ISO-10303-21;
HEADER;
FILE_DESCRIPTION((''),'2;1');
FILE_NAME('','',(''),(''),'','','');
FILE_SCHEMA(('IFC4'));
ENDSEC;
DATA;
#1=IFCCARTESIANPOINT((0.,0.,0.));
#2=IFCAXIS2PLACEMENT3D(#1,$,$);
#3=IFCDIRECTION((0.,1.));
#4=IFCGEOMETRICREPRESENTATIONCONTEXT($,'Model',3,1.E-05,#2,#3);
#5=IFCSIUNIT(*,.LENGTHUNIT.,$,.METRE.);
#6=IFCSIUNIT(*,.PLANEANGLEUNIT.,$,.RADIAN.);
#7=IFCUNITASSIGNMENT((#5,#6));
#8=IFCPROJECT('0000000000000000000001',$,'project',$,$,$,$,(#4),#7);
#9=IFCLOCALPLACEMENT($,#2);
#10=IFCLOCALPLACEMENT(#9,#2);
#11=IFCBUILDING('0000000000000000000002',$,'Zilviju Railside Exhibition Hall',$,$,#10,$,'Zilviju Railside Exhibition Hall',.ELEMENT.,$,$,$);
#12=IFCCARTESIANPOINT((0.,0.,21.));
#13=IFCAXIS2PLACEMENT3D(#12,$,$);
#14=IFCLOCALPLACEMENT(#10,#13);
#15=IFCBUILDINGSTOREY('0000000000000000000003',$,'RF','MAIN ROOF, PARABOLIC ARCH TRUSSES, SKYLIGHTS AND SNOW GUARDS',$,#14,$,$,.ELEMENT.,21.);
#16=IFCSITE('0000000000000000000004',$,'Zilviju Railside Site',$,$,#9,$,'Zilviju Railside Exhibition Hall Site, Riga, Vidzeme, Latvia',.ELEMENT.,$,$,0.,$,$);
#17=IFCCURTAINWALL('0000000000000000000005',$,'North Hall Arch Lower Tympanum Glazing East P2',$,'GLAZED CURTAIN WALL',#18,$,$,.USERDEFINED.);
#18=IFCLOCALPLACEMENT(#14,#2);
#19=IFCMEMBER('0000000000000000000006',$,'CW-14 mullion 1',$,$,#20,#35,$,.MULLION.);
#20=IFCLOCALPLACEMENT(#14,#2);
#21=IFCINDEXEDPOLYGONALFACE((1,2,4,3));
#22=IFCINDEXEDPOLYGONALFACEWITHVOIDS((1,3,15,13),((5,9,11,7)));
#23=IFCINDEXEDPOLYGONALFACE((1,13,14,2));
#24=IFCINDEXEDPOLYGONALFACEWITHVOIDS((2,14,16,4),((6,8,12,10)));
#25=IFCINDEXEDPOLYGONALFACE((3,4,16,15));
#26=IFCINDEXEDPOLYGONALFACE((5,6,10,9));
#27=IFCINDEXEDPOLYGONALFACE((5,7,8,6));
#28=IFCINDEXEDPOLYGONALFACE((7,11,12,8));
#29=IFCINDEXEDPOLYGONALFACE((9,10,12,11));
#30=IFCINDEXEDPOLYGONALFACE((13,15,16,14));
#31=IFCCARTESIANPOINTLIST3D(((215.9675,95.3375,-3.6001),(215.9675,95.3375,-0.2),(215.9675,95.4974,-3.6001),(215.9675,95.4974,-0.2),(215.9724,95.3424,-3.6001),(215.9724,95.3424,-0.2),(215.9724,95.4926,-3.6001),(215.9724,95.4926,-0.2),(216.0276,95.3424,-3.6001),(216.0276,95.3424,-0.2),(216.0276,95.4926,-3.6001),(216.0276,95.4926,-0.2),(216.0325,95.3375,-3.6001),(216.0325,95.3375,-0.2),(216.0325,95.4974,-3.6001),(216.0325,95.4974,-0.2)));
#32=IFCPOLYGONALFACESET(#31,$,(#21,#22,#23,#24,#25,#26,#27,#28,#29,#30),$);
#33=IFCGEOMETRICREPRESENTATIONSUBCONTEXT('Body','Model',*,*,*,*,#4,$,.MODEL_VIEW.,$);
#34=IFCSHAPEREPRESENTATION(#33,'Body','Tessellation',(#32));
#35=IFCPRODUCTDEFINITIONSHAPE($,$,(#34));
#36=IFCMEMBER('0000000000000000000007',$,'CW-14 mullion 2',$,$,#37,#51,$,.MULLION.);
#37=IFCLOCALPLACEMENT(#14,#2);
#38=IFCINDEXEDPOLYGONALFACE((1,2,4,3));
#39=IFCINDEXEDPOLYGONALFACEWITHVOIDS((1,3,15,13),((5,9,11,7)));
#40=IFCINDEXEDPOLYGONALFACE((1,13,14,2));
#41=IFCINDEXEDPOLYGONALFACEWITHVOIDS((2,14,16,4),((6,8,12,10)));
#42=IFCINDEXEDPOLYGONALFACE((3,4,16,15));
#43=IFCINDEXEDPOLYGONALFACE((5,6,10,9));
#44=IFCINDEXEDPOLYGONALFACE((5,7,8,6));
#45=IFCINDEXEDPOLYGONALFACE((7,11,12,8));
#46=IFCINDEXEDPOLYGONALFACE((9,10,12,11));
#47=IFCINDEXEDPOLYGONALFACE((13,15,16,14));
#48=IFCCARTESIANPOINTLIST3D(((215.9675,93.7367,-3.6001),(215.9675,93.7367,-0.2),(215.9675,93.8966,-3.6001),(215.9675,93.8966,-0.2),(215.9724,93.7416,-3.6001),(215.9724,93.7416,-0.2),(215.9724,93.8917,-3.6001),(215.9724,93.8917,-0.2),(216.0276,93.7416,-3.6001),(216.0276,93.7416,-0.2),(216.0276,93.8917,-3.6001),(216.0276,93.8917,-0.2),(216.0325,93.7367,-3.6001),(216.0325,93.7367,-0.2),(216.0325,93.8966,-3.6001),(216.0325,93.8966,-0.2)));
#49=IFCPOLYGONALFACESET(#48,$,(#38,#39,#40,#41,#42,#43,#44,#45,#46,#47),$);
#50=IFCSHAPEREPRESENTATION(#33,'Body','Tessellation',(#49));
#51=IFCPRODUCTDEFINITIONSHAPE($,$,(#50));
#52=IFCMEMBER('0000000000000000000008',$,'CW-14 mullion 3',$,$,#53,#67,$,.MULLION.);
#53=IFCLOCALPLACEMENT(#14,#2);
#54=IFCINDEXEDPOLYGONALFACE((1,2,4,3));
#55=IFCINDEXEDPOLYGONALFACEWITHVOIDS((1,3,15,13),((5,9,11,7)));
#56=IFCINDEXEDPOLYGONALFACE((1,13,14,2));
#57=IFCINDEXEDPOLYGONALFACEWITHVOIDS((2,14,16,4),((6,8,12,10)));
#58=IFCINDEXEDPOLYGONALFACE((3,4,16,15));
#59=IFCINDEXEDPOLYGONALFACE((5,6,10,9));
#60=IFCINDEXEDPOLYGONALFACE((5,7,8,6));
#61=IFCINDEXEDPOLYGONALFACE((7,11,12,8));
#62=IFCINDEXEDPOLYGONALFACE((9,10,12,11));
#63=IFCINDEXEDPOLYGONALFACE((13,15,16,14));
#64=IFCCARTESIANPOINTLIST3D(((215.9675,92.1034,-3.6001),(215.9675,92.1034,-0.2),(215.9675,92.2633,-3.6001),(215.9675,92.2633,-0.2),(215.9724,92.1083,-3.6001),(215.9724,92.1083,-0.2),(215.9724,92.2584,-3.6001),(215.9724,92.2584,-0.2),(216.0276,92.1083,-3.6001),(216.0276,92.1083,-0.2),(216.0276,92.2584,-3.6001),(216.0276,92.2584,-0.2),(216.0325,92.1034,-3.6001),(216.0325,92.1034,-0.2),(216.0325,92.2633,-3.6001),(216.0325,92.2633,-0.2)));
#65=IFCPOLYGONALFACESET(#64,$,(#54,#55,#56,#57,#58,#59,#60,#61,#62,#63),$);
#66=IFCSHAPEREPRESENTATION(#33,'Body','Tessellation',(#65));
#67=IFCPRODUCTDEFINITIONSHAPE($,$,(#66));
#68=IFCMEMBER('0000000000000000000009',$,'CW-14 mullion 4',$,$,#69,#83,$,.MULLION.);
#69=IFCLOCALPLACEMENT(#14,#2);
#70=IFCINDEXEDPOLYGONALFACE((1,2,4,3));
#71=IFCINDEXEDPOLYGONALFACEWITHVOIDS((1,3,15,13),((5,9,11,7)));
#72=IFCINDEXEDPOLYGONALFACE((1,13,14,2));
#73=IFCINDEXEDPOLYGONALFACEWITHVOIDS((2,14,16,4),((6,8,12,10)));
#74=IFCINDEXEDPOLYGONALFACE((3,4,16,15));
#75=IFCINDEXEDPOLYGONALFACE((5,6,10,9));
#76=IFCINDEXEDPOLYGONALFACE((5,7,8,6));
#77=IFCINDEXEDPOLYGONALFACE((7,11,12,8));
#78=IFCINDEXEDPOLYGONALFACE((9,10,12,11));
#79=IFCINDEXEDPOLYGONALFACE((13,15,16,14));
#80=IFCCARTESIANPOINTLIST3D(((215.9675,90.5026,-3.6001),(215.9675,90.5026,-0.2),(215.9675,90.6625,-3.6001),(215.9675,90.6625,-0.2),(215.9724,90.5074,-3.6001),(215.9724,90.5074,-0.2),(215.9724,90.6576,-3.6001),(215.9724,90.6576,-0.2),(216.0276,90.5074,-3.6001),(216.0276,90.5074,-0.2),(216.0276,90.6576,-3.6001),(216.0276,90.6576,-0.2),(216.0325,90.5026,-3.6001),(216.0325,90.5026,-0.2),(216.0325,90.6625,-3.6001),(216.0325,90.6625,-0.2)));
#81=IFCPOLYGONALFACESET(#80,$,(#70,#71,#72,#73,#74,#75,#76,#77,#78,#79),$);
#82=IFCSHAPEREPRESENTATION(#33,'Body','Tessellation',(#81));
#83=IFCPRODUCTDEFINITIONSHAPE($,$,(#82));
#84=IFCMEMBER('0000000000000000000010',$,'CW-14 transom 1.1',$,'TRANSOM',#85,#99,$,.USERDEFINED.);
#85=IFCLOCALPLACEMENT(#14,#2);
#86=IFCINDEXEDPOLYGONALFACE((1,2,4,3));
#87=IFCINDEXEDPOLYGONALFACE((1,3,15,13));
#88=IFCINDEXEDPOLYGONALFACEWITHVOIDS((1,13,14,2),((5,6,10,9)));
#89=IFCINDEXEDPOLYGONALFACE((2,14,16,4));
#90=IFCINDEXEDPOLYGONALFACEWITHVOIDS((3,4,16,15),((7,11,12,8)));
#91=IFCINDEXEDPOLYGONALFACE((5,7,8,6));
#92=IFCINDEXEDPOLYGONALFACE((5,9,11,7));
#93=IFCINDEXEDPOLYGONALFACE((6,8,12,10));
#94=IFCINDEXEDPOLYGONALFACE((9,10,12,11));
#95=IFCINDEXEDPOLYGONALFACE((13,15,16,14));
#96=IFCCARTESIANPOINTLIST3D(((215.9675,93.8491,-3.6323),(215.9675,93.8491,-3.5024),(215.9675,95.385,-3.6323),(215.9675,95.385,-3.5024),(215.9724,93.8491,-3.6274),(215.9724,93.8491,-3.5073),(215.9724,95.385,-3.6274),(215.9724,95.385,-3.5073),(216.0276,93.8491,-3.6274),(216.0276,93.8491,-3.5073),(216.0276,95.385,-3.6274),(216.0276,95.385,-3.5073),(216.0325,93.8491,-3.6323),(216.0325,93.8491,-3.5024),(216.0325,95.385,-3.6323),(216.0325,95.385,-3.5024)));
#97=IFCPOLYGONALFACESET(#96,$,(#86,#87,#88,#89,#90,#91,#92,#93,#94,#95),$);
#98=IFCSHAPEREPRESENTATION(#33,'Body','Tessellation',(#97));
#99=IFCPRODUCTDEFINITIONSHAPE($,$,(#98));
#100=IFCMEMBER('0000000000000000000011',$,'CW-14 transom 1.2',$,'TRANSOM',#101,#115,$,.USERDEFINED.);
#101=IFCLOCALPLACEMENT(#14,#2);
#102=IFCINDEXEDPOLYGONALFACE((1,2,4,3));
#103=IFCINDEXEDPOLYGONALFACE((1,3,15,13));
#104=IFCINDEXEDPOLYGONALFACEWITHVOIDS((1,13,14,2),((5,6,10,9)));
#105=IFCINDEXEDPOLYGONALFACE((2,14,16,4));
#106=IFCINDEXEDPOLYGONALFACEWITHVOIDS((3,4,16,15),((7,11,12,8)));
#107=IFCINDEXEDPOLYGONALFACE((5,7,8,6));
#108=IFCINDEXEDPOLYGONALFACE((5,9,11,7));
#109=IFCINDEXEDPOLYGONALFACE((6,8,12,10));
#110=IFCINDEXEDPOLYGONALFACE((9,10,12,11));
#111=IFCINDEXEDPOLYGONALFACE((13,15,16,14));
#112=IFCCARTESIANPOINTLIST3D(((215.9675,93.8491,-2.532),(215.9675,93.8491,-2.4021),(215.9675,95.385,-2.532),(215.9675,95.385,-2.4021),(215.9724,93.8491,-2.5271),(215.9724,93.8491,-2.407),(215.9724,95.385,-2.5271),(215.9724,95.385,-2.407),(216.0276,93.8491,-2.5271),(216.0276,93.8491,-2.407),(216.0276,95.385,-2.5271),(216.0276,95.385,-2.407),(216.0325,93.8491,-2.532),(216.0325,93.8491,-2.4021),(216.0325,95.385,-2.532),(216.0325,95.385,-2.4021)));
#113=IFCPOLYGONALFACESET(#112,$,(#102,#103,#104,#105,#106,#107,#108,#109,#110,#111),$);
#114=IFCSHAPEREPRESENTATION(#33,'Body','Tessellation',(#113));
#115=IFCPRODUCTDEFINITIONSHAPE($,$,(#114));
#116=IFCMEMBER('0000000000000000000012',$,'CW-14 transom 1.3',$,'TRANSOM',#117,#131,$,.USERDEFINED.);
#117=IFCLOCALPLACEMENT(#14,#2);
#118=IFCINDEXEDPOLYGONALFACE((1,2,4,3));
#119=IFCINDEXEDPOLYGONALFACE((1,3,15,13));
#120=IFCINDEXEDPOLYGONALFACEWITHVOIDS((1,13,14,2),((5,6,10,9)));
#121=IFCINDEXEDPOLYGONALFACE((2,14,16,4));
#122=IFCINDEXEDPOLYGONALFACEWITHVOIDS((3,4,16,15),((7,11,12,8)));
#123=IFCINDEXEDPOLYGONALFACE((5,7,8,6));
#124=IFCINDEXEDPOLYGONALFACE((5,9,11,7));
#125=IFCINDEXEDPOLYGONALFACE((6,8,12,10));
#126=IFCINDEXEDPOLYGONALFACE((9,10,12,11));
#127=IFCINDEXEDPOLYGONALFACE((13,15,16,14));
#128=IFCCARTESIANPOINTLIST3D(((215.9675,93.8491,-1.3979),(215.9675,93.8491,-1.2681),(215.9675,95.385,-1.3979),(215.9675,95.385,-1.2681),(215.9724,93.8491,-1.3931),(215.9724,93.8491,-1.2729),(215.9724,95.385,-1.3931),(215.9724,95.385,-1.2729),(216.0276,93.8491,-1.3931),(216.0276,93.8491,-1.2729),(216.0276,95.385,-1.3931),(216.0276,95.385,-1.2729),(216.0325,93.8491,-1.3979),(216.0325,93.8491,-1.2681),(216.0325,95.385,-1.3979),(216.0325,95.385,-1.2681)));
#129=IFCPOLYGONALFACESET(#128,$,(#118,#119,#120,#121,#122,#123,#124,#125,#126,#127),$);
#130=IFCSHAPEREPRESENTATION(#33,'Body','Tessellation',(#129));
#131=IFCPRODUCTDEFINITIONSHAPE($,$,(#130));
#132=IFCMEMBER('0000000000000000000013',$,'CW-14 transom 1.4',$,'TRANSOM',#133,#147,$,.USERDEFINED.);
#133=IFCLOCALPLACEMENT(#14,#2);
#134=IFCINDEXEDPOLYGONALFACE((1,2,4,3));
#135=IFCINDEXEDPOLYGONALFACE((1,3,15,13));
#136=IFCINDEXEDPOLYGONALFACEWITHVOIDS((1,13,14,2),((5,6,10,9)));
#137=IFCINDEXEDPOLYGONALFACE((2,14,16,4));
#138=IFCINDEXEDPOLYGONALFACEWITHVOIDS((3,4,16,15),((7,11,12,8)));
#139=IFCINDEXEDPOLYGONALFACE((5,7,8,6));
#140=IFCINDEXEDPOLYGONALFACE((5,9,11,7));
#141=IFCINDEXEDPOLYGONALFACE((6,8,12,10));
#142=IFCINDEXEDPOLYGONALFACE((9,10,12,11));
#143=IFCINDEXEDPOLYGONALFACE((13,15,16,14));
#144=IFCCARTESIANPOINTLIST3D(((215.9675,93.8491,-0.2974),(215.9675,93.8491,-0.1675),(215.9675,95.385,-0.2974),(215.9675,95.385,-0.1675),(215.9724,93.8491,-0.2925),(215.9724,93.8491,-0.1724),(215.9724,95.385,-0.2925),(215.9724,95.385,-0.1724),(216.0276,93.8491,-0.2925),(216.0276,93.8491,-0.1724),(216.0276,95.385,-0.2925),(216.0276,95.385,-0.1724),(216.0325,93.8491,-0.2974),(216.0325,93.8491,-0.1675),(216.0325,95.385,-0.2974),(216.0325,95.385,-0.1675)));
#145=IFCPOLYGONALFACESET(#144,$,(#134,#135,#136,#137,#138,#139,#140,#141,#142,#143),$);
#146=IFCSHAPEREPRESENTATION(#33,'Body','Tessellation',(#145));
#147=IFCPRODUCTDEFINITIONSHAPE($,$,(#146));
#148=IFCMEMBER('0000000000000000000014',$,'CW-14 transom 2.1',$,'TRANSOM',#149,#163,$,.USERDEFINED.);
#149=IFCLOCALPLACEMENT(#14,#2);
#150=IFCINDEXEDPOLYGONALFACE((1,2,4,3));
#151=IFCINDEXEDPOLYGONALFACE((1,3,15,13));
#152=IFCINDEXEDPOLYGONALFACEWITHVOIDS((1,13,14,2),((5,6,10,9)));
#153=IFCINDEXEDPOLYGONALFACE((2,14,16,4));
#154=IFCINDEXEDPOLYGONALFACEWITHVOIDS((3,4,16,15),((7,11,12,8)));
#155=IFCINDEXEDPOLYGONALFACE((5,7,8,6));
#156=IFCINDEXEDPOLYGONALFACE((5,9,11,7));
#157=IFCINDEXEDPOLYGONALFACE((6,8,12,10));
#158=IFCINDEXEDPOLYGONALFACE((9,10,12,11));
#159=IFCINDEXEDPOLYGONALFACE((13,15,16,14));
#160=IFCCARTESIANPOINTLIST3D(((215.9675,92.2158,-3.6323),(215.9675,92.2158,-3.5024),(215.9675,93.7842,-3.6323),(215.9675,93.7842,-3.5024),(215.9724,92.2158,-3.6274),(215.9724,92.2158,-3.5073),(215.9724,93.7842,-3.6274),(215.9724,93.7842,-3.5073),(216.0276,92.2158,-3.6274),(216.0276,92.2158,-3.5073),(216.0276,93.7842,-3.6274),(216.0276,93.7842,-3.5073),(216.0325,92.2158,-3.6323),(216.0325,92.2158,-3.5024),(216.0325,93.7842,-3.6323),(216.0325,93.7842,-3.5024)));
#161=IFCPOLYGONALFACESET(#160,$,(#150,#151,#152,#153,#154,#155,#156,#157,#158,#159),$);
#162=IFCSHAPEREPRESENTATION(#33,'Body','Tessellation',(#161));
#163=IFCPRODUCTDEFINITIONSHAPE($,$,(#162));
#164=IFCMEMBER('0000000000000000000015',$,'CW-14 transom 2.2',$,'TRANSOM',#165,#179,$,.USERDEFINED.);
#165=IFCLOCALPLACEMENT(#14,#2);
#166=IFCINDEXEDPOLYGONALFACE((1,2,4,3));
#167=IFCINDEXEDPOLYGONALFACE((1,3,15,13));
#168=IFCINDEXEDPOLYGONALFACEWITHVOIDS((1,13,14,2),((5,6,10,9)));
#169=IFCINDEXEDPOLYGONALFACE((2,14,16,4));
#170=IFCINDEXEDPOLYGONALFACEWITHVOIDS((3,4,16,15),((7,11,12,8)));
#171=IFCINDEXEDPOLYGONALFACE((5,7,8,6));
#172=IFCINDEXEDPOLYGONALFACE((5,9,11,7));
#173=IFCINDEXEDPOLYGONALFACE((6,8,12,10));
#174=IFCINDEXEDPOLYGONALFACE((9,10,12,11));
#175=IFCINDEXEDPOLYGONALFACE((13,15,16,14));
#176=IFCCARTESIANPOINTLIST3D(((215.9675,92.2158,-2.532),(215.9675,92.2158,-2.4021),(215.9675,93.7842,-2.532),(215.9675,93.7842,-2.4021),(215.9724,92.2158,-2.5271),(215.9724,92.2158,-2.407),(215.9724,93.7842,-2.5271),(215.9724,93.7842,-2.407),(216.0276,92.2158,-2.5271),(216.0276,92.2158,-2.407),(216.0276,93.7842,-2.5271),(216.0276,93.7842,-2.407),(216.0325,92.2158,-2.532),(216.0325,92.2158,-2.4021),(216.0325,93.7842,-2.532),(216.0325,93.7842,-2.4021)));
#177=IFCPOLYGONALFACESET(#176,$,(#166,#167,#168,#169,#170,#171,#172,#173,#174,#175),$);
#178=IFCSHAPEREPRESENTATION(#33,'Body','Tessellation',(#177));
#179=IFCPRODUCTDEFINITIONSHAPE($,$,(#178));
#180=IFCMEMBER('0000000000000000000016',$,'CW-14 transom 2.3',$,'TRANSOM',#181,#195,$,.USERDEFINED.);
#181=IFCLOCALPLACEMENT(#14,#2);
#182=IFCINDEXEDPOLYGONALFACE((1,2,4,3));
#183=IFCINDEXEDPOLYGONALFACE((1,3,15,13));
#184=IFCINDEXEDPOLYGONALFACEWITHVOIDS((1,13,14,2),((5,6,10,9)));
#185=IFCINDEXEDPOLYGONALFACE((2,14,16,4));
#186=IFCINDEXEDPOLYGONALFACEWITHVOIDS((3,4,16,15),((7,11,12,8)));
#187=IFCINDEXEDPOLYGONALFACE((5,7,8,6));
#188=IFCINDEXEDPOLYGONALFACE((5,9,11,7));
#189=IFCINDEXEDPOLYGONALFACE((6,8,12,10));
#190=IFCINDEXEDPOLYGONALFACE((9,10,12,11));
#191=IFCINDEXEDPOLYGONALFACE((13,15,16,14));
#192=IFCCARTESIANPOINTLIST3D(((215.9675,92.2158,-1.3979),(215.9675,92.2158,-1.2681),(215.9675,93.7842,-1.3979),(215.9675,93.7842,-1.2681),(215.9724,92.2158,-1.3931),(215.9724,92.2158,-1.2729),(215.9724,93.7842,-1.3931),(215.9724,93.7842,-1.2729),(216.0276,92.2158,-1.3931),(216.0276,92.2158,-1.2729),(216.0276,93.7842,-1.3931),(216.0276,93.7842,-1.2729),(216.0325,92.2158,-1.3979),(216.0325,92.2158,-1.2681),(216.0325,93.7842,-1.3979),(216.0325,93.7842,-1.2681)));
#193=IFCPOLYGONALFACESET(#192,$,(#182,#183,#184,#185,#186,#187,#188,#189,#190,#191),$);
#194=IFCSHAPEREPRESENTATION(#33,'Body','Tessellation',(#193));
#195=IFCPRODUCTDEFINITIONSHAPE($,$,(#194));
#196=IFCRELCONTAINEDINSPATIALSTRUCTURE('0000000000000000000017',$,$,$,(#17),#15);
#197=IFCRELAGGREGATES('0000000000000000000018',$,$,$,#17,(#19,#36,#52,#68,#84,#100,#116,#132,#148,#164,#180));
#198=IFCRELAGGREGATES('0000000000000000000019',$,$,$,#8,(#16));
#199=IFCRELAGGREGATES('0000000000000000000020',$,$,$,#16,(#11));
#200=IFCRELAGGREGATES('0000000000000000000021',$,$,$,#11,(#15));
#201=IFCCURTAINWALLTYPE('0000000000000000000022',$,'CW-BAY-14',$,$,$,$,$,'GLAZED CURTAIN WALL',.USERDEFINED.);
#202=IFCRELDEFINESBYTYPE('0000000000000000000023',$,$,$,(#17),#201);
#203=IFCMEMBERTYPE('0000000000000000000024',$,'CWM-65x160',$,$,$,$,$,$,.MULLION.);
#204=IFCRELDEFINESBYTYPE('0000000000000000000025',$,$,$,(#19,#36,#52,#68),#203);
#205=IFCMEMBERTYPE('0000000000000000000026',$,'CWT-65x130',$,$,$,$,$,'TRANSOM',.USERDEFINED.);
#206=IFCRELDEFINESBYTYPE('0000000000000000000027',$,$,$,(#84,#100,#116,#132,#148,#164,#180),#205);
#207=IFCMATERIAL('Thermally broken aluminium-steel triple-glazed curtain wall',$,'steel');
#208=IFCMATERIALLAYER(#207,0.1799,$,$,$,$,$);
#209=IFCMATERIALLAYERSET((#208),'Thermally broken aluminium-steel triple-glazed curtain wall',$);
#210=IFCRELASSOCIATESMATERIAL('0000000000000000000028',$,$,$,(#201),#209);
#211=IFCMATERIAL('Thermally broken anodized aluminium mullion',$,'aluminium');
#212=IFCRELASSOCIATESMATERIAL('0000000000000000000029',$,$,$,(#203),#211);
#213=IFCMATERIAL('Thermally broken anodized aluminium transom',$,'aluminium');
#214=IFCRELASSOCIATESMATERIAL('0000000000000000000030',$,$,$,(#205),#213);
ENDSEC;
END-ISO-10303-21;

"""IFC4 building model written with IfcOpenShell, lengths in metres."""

from ifc_helpers import new_model, si_unit, direction, frame, origin, origin_2d, place, context, subcontext, project, spatial, hollow_rectangle, extrude, material, layer, layer_set, material_profile, profile_set, type_object, element, aggregate, save


model = new_model("IFC4")

# Units and contexts
model_context = context("Model", 3, precision=1e-05, world=origin(), true_north=direction((0.0, 1.0)))
body_context = subcontext(model_context, "Body", "Model", "MODEL_VIEW")
ifc_project = project(units=[si_unit("LENGTHUNIT", "METRE"), si_unit("PLANEANGLEUNIT", "RADIAN")], contexts=[model_context])

# Site, building, storey
site_placement = place(None, origin())
site = spatial("IfcSite", under=ifc_project, at=site_placement, Name="Zilviju Railside Site", LongName="Zilviju Railside Exhibition Hall Site, Riga, Vidzeme, Latvia", CompositionType="ELEMENT", RefElevation=0.0)
building_placement = place(site_placement, origin())
building = spatial("IfcBuilding", under=site, at=building_placement, Name="Zilviju Railside Exhibition Hall", LongName="Zilviju Railside Exhibition Hall", CompositionType="ELEMENT")
storey_placement = place(building_placement, frame((0.0, 0.0, 21.0)))
storey = spatial("IfcBuildingStorey", under=building, at=storey_placement, Name="RF", Description="MAIN ROOF, PARABOLIC ARCH TRUSSES, SKYLIGHTS AND SNOW GUARDS", CompositionType="ELEMENT", Elevation=21.0)

# Curtain wall, members
ifc_material_1 = material(Name="Thermally broken aluminium-steel triple-glazed curtain wall", Category="steel")
ifc_layer_1 = layer(ifc_material_1, 0.1799)
ifc_layer_set_1 = layer_set([ifc_layer_1], Name="Thermally broken aluminium-steel triple-glazed curtain wall")
curtain_wall_type = type_object("IfcCurtainWallType", Name="CW-BAY-14", ElementType="GLAZED CURTAIN WALL", PredefinedType="USERDEFINED", material=ifc_layer_set_1)
curtain_wall_placement = place(storey_placement, origin())
curtain_wall = element("IfcCurtainWall", 1, at=curtain_wall_placement, inside=storey, type_object=curtain_wall_type, Name="North Hall Arch Lower Tympanum Glazing East P2", ObjectType="GLAZED CURTAIN WALL", PredefinedType="USERDEFINED")
ifc_material_2 = material(Name="Thermally broken anodized aluminium mullion", Category="aluminium")
ifc_material_profile_1 = material_profile(ifc_material_2, hollow_rectangle(XDim=0.0649, YDim=0.1599, WallThickness=0.0049, at=origin_2d()), Name="MULLION 160x65x5")
ifc_profile_set_1 = profile_set([ifc_material_profile_1], Name="Thermally broken anodized aluminium mullion")
member_type_1 = type_object("IfcMemberType", Name="CWM-65x160", PredefinedType="MULLION", material=ifc_profile_set_1)
member_1_placement = place(storey_placement, frame((216.0, 95.4175, -3.6001), z_axis=(0.0, 0.0, 1.0), x_axis=(1.0, 0.0, 0.0)))
member_1 = element("IfcMember", 2, at=member_1_placement, type_object=member_type_1, Name="CW-14 mullion 1", PredefinedType="MULLION", context=body_context, shape_type="SweptSolid", body=[
    extrude(hollow_rectangle(XDim=0.0649, YDim=0.1599, WallThickness=0.0049, at=origin_2d()), origin(), (0.0, 0.0, 1.0), 3.4001),
])
member_2_placement = place(storey_placement, frame((216.0, 93.8167, -3.6001), z_axis=(0.0, 0.0, 1.0), x_axis=(1.0, 0.0, 0.0)))
member_2 = element("IfcMember", 3, at=member_2_placement, type_object=member_type_1, Name="CW-14 mullion 2", PredefinedType="MULLION", context=body_context, shape_type="SweptSolid", body=[
    extrude(hollow_rectangle(XDim=0.0649, YDim=0.1599, WallThickness=0.0049, at=origin_2d()), origin(), (0.0, 0.0, 1.0), 3.4001),
])
member_3_placement = place(storey_placement, frame((216.0, 92.1833, -3.6001), z_axis=(0.0, 0.0, 1.0), x_axis=(1.0, 0.0, 0.0)))
member_3 = element("IfcMember", 4, at=member_3_placement, type_object=member_type_1, Name="CW-14 mullion 3", PredefinedType="MULLION", context=body_context, shape_type="SweptSolid", body=[
    extrude(hollow_rectangle(XDim=0.0649, YDim=0.1599, WallThickness=0.0049, at=origin_2d()), origin(), (0.0, 0.0, 1.0), 3.4001),
])
member_4_placement = place(storey_placement, frame((216.0, 90.5825, -3.6001), z_axis=(0.0, 0.0, 1.0), x_axis=(1.0, 0.0, 0.0)))
member_4 = element("IfcMember", 5, at=member_4_placement, type_object=member_type_1, Name="CW-14 mullion 4", PredefinedType="MULLION", context=body_context, shape_type="SweptSolid", body=[
    extrude(hollow_rectangle(XDim=0.0649, YDim=0.1599, WallThickness=0.0049, at=origin_2d()), origin(), (0.0, 0.0, 1.0), 3.4001),
])
ifc_material_3 = material(Name="Thermally broken anodized aluminium transom", Category="aluminium")
ifc_material_profile_2 = material_profile(ifc_material_3, hollow_rectangle(XDim=0.0649, YDim=0.1299, WallThickness=0.0049, at=origin_2d()), Name="TRANSOM 130x65x5")
ifc_profile_set_2 = profile_set([ifc_material_profile_2], Name="Thermally broken anodized aluminium transom")
member_type_2 = type_object("IfcMemberType", Name="CWT-65x130", ElementType="TRANSOM", PredefinedType="USERDEFINED", material=ifc_profile_set_2)
member_5_placement = place(storey_placement, frame((216.0, 95.385, -3.5674), z_axis=(0.0, -1.0, 0.0), x_axis=(1.0, 0.0, 0.0)))
member_5 = element("IfcMember", 6, at=member_5_placement, type_object=member_type_2, Name="CW-14 transom 1.1", ObjectType="TRANSOM", PredefinedType="USERDEFINED", context=body_context, shape_type="SweptSolid", body=[
    extrude(hollow_rectangle(XDim=0.0649, YDim=0.1299, WallThickness=0.0049, at=origin_2d()), origin(), (0.0, 0.0, 1.0), 1.5359),
])
member_6_placement = place(storey_placement, frame((216.0, 95.385, -2.467), z_axis=(0.0, -1.0, 0.0), x_axis=(1.0, 0.0, 0.0)))
member_6 = element("IfcMember", 7, at=member_6_placement, type_object=member_type_2, Name="CW-14 transom 1.2", ObjectType="TRANSOM", PredefinedType="USERDEFINED", context=body_context, shape_type="SweptSolid", body=[
    extrude(hollow_rectangle(XDim=0.0649, YDim=0.1299, WallThickness=0.0049, at=origin_2d()), origin(), (0.0, 0.0, 1.0), 1.5359),
])
member_7_placement = place(storey_placement, frame((216.0, 95.385, -1.333), z_axis=(0.0, -1.0, 0.0), x_axis=(1.0, 0.0, 0.0)))
member_7 = element("IfcMember", 8, at=member_7_placement, type_object=member_type_2, Name="CW-14 transom 1.3", ObjectType="TRANSOM", PredefinedType="USERDEFINED", context=body_context, shape_type="SweptSolid", body=[
    extrude(hollow_rectangle(XDim=0.0649, YDim=0.1299, WallThickness=0.0049, at=origin_2d()), origin(), (0.0, 0.0, 1.0), 1.5359),
])
member_8_placement = place(storey_placement, frame((216.0, 95.385, -0.2324), z_axis=(0.0, -1.0, 0.0), x_axis=(1.0, 0.0, 0.0)))
member_8 = element("IfcMember", 9, at=member_8_placement, type_object=member_type_2, Name="CW-14 transom 1.4", ObjectType="TRANSOM", PredefinedType="USERDEFINED", context=body_context, shape_type="SweptSolid", body=[
    extrude(hollow_rectangle(XDim=0.0649, YDim=0.1299, WallThickness=0.0049, at=origin_2d()), origin(), (0.0, 0.0, 1.0), 1.5359),
])
member_9_placement = place(storey_placement, frame((216.0, 93.7842, -3.5674), z_axis=(0.0, -1.0, 0.0), x_axis=(1.0, 0.0, 0.0)))
member_9 = element("IfcMember", 10, at=member_9_placement, type_object=member_type_2, Name="CW-14 transom 2.1", ObjectType="TRANSOM", PredefinedType="USERDEFINED", context=body_context, shape_type="SweptSolid", body=[
    extrude(hollow_rectangle(XDim=0.0649, YDim=0.1299, WallThickness=0.0049, at=origin_2d()), origin(), (0.0, 0.0, 1.0), 1.5684),
])
member_10_placement = place(storey_placement, frame((216.0, 93.7842, -2.467), z_axis=(0.0, -1.0, 0.0), x_axis=(1.0, 0.0, 0.0)))
member_10 = element("IfcMember", 11, at=member_10_placement, type_object=member_type_2, Name="CW-14 transom 2.2", ObjectType="TRANSOM", PredefinedType="USERDEFINED", context=body_context, shape_type="SweptSolid", body=[
    extrude(hollow_rectangle(XDim=0.0649, YDim=0.1299, WallThickness=0.0049, at=origin_2d()), origin(), (0.0, 0.0, 1.0), 1.5684),
])
member_11_placement = place(storey_placement, frame((216.0, 93.7842, -1.333), z_axis=(0.0, -1.0, 0.0), x_axis=(1.0, 0.0, 0.0)))
member_11 = element("IfcMember", 12, at=member_11_placement, type_object=member_type_2, Name="CW-14 transom 2.3", ObjectType="TRANSOM", PredefinedType="USERDEFINED", context=body_context, shape_type="SweptSolid", body=[
    extrude(hollow_rectangle(XDim=0.0649, YDim=0.1299, WallThickness=0.0049, at=origin_2d()), origin(), (0.0, 0.0, 1.0), 1.5684),
])
aggregate(curtain_wall, [member_1, member_2, member_3, member_4, member_5, member_6, member_7, member_8, member_9, member_10, member_11])

save(model, "model.ifc")
